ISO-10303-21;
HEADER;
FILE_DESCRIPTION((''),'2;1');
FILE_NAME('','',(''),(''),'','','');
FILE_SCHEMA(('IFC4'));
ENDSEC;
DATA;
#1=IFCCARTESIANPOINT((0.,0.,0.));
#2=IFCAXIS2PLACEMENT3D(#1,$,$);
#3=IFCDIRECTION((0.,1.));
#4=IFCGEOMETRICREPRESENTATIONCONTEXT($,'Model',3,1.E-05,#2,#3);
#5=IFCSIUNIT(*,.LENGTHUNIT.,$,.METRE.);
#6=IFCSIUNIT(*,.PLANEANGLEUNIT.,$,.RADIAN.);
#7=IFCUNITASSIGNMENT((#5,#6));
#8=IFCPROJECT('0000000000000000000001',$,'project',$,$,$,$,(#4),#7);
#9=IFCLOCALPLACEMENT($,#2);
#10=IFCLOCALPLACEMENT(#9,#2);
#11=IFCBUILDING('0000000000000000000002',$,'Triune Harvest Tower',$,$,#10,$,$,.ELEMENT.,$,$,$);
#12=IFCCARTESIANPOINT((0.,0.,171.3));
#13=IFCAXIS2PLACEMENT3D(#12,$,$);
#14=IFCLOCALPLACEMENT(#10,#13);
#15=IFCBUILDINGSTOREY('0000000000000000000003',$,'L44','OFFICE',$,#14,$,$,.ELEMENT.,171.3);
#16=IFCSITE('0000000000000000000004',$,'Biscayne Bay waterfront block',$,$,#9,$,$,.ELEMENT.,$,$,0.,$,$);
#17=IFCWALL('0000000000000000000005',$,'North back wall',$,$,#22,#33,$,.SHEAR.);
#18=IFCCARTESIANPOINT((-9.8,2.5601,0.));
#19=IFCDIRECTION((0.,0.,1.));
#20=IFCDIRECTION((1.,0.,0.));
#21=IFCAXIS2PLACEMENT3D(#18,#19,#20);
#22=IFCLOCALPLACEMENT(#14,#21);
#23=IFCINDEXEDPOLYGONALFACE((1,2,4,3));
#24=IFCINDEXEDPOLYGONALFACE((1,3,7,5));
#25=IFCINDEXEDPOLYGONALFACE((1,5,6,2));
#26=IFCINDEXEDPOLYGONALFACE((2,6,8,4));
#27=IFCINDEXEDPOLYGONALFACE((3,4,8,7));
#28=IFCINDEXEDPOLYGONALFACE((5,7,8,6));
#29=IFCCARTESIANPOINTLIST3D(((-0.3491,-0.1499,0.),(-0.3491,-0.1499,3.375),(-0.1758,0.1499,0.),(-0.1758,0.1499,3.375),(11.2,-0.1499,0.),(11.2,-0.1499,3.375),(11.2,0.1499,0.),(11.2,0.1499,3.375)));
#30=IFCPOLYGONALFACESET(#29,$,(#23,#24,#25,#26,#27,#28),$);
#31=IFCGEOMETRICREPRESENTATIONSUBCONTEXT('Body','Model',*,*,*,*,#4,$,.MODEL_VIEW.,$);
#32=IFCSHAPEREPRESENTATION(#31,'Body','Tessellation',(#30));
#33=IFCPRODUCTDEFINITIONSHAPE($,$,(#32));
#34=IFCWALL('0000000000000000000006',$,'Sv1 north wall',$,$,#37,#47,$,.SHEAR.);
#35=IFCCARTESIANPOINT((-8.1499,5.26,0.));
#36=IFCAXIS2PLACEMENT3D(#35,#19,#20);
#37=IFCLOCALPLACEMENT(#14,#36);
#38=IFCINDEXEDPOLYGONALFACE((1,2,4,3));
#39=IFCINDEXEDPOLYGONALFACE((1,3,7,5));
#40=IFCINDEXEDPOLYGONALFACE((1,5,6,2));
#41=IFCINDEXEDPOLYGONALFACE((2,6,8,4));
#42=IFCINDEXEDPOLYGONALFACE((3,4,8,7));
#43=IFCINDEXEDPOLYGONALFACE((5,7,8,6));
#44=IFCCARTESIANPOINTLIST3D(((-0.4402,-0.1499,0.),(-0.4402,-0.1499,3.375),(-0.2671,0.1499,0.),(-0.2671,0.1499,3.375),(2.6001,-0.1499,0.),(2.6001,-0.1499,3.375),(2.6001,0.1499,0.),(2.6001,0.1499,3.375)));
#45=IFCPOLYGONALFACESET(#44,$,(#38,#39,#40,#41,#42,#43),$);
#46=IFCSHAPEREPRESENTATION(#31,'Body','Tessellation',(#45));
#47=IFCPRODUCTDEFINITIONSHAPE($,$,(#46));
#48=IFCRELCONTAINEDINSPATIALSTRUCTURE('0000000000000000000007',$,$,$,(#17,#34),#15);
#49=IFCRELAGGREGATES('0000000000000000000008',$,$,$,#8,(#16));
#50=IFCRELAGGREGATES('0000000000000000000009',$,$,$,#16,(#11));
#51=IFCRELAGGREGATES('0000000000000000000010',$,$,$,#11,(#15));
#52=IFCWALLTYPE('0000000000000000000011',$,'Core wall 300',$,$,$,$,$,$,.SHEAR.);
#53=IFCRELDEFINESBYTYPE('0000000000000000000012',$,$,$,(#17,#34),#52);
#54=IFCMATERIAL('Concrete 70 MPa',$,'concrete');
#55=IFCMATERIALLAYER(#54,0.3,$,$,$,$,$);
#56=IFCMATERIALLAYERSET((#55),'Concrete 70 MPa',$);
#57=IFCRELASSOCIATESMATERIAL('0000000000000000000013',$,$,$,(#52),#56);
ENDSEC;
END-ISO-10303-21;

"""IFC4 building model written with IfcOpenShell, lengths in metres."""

from ifc_helpers import new_model, si_unit, direction, frame, origin, place, context, subcontext, project, spatial, polyline, outline, extrude, material, layer, layer_set, type_object, element, save


model = new_model("IFC4")

# Units and contexts
model_context = context("Model", 3, precision=1e-05, world=origin(), true_north=direction((0.0, 1.0)))
body_context = subcontext(model_context, "Body", "Model", "MODEL_VIEW")
ifc_project = project(units=[si_unit("LENGTHUNIT", "METRE"), si_unit("PLANEANGLEUNIT", "RADIAN")], contexts=[model_context])

# Site, building, storey
site_placement = place(None, origin())
site = spatial("IfcSite", under=ifc_project, at=site_placement, Name="Biscayne Bay waterfront block", CompositionType="ELEMENT", RefElevation=0.0)
building_placement = place(site_placement, origin())
building = spatial("IfcBuilding", under=site, at=building_placement, Name="Triune Harvest Tower", CompositionType="ELEMENT")
storey_placement = place(building_placement, frame((0.0, 0.0, 171.3)))
storey = spatial("IfcBuildingStorey", under=building, at=storey_placement, Name="L44", Description="OFFICE", CompositionType="ELEMENT", Elevation=171.3)

# Shared definitions
ifc_material_1 = material(Name="Concrete 70 MPa", Category="concrete")
ifc_layer_1 = layer(ifc_material_1, 0.3)
ifc_layer_set_1 = layer_set([ifc_layer_1], Name="Concrete 70 MPa")
wall_type_1 = type_object("IfcWallType", Name="Core wall 300", PredefinedType="SHEAR", material=ifc_layer_set_1)

# Walls
wall_1_placement = place(storey_placement, frame((-9.8, 2.5601, 0.0), z_axis=(0.0, 0.0, 1.0), x_axis=(1.0, 0.0, 0.0)))
element("IfcWall", 1, at=wall_1_placement, inside=storey, type_object=wall_type_1, Name="North back wall", PredefinedType="SHEAR", context=body_context, shape_type="SweptSolid", body=[
    extrude(outline(polyline([(11.2, -0.1499), (-0.3491, -0.1499), (-0.1758, 0.1499), (11.2, 0.1499), (11.2, -0.1499)])), origin(), (0.0, 0.0, 1.0), 3.375),
])
wall_2_placement = place(storey_placement, frame((-8.1499, 5.26, 0.0), z_axis=(0.0, 0.0, 1.0), x_axis=(1.0, 0.0, 0.0)))
element("IfcWall", 2, at=wall_2_placement, inside=storey, type_object=wall_type_1, Name="Sv1 north wall", PredefinedType="SHEAR", context=body_context, shape_type="SweptSolid", body=[
    extrude(outline(polyline([(2.6001, -0.1499), (-0.4402, -0.1499), (-0.2671, 0.1499), (2.6001, 0.1499), (2.6001, -0.1499)])), origin(), (0.0, 0.0, 1.0), 3.375),
])

save(model, "model.ifc")
